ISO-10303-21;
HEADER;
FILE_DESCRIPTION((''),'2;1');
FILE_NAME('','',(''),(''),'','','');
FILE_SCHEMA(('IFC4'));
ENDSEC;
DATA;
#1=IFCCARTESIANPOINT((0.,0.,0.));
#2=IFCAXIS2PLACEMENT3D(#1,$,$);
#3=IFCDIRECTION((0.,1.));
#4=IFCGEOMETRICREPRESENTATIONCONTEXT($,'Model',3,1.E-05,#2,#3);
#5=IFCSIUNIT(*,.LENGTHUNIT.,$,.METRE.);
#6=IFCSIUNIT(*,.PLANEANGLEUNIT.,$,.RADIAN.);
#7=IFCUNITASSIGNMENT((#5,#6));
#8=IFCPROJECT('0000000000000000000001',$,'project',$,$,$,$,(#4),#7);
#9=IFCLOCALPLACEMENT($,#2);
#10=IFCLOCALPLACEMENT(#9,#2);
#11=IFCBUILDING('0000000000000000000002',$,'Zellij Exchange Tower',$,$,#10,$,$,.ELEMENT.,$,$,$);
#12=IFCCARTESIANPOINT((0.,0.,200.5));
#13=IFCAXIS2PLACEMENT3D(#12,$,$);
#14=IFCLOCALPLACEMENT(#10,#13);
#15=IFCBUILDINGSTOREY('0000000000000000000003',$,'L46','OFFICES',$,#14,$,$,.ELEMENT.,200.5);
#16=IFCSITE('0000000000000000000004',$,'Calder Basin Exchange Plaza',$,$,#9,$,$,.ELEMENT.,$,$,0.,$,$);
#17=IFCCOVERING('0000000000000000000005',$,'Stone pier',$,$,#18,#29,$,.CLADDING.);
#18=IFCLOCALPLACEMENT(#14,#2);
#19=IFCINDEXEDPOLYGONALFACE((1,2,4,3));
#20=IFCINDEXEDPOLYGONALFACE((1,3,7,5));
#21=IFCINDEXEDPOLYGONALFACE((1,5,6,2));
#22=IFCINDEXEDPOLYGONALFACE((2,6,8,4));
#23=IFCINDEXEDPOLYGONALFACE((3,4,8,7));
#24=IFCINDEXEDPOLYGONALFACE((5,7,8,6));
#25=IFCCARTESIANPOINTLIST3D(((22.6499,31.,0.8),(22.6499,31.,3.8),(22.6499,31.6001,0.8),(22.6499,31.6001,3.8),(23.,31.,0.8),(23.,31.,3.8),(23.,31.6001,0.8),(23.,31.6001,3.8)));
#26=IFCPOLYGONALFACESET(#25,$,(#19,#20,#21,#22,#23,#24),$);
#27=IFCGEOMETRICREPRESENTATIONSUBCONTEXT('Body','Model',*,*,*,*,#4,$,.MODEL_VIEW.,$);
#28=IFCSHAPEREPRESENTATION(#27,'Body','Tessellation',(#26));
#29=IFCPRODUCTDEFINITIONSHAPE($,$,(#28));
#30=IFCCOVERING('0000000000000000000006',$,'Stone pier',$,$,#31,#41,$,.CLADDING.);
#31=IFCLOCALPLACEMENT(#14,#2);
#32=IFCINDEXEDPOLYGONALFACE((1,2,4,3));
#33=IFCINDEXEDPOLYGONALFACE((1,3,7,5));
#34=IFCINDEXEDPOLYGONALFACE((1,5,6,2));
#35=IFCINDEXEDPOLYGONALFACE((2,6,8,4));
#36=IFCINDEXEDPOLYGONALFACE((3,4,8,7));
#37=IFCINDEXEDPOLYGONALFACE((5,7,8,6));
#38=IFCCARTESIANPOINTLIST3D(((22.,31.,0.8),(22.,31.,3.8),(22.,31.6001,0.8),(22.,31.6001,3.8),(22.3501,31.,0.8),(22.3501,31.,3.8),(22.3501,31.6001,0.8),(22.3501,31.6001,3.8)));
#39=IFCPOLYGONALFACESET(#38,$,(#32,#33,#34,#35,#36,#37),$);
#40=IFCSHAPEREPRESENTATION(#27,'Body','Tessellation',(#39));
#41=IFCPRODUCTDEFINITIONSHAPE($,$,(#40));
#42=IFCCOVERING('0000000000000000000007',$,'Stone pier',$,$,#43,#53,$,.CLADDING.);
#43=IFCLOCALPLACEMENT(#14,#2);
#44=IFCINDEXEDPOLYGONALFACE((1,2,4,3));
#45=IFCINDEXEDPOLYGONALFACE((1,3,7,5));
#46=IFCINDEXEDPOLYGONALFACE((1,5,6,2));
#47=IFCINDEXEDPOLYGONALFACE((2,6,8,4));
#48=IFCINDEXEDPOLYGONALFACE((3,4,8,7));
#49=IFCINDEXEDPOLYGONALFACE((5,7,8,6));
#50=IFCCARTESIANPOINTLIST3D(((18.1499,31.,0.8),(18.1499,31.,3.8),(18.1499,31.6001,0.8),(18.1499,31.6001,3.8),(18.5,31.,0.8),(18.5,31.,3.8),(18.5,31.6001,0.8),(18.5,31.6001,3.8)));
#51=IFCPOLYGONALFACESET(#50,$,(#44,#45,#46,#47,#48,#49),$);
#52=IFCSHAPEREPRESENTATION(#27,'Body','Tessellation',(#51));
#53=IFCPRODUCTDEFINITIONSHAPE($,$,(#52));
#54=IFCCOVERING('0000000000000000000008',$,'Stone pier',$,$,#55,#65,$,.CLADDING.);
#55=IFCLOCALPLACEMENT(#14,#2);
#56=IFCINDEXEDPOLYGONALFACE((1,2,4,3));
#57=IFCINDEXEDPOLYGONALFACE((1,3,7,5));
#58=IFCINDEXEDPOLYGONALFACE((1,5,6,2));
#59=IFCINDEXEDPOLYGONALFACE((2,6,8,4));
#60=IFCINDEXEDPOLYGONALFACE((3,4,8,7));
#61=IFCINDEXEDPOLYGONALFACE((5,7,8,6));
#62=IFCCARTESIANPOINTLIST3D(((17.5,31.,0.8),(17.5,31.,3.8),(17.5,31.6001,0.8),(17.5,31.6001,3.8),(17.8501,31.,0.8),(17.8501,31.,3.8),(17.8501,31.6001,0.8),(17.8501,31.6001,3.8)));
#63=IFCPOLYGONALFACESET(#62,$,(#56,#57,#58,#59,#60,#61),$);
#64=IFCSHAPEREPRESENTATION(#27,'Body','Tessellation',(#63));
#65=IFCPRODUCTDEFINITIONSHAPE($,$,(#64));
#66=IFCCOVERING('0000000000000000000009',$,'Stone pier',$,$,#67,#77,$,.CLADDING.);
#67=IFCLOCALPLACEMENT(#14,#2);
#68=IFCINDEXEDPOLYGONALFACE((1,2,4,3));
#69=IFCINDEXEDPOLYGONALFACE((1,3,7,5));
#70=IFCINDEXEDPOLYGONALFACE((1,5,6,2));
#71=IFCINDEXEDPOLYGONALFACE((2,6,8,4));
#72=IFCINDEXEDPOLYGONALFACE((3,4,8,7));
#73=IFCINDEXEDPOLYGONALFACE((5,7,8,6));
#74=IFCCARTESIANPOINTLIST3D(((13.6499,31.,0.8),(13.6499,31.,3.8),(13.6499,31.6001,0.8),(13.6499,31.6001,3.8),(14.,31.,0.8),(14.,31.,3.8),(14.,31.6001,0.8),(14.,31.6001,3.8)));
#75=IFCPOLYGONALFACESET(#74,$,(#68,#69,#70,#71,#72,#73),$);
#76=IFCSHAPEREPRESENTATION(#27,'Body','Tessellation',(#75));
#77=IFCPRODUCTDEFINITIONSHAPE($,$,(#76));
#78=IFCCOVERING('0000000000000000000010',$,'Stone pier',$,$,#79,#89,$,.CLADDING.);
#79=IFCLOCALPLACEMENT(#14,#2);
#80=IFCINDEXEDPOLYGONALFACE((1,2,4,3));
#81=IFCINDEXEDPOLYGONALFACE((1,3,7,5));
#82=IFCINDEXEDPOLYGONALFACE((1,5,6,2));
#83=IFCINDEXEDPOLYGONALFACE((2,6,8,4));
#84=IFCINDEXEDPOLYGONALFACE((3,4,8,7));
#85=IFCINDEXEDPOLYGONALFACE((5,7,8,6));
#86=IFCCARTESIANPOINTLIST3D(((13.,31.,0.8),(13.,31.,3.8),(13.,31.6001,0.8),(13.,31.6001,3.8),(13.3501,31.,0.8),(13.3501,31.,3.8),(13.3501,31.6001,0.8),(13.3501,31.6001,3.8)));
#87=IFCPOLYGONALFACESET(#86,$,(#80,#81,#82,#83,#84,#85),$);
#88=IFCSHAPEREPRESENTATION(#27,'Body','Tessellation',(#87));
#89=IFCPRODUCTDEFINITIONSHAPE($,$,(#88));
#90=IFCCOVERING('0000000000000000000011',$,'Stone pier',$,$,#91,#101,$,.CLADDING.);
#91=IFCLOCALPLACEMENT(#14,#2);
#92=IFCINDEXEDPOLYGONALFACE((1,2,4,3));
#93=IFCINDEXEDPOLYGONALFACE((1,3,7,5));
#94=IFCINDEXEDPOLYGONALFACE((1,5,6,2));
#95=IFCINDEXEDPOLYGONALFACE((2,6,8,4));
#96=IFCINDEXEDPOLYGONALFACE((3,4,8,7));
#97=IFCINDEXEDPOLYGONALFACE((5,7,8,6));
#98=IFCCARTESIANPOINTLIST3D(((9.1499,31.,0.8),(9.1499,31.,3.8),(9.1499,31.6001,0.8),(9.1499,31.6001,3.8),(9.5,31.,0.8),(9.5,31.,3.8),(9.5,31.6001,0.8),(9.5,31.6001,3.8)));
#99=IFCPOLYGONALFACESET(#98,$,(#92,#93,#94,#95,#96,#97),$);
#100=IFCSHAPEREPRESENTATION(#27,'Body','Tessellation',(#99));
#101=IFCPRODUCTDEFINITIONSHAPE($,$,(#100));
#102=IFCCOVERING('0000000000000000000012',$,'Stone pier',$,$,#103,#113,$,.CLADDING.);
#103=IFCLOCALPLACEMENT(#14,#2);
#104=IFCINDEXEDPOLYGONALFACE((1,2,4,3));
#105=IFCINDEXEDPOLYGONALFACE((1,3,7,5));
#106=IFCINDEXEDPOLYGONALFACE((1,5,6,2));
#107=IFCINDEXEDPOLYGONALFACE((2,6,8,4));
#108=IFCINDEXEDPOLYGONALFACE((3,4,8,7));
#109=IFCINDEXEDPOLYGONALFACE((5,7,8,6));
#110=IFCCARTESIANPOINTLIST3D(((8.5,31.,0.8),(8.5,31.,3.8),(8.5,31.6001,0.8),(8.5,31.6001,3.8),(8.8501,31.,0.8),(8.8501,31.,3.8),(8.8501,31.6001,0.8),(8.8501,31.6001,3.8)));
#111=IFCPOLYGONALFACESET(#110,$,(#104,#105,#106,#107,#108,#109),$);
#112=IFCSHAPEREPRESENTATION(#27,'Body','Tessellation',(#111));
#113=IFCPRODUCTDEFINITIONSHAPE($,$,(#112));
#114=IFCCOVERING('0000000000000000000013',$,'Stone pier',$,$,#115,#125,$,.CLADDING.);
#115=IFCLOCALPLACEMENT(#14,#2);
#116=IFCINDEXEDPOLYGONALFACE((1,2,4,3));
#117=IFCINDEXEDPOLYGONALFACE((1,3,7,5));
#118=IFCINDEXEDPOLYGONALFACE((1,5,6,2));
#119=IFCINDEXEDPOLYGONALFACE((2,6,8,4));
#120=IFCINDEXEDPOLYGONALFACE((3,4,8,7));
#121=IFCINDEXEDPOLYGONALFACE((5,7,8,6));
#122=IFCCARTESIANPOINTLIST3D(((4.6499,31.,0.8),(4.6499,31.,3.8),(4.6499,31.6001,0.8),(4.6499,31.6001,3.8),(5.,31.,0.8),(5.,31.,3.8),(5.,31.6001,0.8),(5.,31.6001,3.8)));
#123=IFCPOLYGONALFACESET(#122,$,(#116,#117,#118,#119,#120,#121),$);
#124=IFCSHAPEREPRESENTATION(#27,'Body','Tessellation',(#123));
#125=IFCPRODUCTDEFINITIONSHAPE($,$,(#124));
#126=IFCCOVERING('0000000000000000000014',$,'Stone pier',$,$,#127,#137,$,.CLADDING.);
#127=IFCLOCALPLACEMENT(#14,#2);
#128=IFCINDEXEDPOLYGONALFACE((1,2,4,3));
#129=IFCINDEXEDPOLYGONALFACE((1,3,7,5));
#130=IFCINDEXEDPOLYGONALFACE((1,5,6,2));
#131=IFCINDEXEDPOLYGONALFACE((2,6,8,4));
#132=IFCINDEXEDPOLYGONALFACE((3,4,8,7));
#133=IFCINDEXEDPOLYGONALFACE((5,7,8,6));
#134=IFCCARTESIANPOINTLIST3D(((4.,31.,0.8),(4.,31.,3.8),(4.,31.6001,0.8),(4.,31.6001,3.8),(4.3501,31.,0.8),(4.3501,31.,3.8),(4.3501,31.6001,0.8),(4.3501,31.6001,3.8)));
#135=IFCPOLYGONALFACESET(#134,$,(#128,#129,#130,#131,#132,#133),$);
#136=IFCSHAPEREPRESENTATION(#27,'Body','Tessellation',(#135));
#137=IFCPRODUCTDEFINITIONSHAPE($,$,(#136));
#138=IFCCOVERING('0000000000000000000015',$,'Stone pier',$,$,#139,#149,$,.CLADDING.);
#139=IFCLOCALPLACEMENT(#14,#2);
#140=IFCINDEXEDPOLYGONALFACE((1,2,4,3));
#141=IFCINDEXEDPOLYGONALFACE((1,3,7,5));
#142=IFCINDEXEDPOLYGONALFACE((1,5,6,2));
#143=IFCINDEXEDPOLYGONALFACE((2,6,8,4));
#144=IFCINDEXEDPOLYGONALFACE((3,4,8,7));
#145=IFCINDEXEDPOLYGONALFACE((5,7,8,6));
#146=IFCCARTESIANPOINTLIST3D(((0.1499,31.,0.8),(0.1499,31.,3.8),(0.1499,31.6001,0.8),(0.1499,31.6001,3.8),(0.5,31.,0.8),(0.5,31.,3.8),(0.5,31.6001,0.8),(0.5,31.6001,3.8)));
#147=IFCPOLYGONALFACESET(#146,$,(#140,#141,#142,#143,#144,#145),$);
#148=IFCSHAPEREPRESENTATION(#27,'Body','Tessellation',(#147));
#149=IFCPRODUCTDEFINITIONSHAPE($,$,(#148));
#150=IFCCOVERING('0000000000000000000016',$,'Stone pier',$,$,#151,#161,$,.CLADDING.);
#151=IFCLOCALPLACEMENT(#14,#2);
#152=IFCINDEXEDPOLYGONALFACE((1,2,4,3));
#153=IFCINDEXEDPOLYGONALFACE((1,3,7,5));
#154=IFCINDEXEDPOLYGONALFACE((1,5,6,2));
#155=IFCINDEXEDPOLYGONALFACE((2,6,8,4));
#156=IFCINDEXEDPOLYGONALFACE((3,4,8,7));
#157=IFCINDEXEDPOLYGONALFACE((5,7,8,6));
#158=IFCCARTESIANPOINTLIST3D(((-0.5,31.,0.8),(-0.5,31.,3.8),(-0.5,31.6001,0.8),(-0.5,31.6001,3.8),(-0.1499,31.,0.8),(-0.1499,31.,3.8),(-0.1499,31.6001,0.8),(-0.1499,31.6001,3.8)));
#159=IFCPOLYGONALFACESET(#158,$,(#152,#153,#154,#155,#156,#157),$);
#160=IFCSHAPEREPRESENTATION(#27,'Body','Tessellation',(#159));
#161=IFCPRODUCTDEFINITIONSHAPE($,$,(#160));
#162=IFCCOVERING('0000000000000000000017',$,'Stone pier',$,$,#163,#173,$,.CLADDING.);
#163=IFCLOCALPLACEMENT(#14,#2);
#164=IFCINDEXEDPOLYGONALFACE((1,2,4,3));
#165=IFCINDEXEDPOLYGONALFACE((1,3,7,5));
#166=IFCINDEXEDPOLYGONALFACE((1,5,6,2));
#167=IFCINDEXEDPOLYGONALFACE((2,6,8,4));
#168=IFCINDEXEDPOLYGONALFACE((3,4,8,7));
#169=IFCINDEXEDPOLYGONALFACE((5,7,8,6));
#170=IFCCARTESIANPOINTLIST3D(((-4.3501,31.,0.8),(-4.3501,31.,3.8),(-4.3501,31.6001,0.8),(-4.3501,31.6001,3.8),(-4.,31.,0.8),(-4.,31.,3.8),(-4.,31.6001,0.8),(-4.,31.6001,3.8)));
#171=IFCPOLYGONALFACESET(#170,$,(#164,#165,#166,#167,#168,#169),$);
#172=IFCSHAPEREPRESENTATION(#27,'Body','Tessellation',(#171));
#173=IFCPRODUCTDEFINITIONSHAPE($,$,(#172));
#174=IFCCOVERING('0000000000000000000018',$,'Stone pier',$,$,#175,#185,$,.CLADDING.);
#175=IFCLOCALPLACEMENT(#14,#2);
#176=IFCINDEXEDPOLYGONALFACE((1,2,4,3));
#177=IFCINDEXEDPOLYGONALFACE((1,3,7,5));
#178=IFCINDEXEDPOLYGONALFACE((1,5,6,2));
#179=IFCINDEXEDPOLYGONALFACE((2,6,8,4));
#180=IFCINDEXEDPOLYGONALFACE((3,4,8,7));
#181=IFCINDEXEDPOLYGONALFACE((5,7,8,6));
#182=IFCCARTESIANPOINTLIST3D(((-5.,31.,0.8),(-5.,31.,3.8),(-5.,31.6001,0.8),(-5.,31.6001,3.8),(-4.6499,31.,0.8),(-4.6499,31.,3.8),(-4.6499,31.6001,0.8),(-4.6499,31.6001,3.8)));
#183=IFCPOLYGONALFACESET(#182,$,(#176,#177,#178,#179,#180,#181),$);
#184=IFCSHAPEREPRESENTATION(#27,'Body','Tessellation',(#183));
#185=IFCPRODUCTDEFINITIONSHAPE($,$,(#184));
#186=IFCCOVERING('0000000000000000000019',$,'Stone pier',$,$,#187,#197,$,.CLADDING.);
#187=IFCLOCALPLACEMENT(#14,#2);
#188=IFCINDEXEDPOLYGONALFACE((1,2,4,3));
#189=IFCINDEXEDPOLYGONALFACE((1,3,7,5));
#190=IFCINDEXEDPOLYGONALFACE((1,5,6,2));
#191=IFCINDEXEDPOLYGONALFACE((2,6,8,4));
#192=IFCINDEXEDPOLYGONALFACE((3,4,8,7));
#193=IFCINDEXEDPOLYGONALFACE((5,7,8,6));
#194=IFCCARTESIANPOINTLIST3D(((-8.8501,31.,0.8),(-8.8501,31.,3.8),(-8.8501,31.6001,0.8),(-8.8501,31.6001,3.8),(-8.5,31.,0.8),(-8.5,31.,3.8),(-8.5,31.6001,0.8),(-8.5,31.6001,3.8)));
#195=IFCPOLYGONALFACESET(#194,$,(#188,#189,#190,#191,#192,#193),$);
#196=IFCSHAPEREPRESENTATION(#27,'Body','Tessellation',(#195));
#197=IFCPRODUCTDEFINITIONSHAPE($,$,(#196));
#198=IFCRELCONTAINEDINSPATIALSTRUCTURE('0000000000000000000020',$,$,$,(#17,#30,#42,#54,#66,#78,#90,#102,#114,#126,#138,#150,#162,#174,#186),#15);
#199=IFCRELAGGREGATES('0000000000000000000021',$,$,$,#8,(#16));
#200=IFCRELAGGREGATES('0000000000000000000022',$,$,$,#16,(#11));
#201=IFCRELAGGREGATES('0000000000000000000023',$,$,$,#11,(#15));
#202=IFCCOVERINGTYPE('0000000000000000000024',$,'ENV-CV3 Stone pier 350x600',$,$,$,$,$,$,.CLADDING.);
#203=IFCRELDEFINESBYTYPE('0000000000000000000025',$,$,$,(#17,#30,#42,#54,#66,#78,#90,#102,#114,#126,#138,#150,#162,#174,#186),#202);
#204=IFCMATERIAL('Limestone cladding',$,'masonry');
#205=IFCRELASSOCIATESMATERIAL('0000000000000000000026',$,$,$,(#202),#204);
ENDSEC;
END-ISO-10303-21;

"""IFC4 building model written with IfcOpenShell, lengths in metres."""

from ifc_helpers import new_model, si_unit, direction, frame, origin, place, context, subcontext, project, spatial, polyline, outline, extrude, material, type_object, element, save


model = new_model("IFC4")

# Units and contexts
model_context = context("Model", 3, precision=1e-05, world=origin(), true_north=direction((0.0, 1.0)))
body_context = subcontext(model_context, "Body", "Model", "MODEL_VIEW")
ifc_project = project(units=[si_unit("LENGTHUNIT", "METRE"), si_unit("PLANEANGLEUNIT", "RADIAN")], contexts=[model_context])

# Site, building, storey
site_placement = place(None, origin())
site = spatial("IfcSite", under=ifc_project, at=site_placement, Name="Calder Basin Exchange Plaza", CompositionType="ELEMENT", RefElevation=0.0)
building_placement = place(site_placement, origin())
building = spatial("IfcBuilding", under=site, at=building_placement, Name="Zellij Exchange Tower", CompositionType="ELEMENT")
storey_placement = place(building_placement, frame((0.0, 0.0, 200.5)))
storey = spatial("IfcBuildingStorey", under=building, at=storey_placement, Name="L46", Description="OFFICES", CompositionType="ELEMENT", Elevation=200.5)

# Coverings
ifc_material = material(Name="Limestone cladding", Category="masonry")
covering_type = type_object("IfcCoveringType", Name="ENV-CV3 Stone pier 350x600", PredefinedType="CLADDING", material=ifc_material)
covering_1_placement = place(storey_placement, frame((0.0, 0.0, 0.8)))
element("IfcCovering", 1, at=covering_1_placement, inside=storey, type_object=covering_type, Name="Stone pier", PredefinedType="CLADDING", context=body_context, shape_type="SweptSolid", body=[
    extrude(outline(polyline([(23.0, 31.0), (22.6499, 31.0), (22.6499, 31.6001), (23.0, 31.6001), (23.0, 31.0)])), origin(), (0.0, 0.0, 1.0), 3.0),
])
covering_2_placement = place(storey_placement, frame((0.0, 0.0, 0.8)))
element("IfcCovering", 2, at=covering_2_placement, inside=storey, type_object=covering_type, Name="Stone pier", PredefinedType="CLADDING", context=body_context, shape_type="SweptSolid", body=[
    extrude(outline(polyline([(22.3501, 31.0), (22.0, 31.0), (22.0, 31.6001), (22.3501, 31.6001), (22.3501, 31.0)])), origin(), (0.0, 0.0, 1.0), 3.0),
])
covering_3_placement = place(storey_placement, frame((0.0, 0.0, 0.8)))
element("IfcCovering", 3, at=covering_3_placement, inside=storey, type_object=covering_type, Name="Stone pier", PredefinedType="CLADDING", context=body_context, shape_type="SweptSolid", body=[
    extrude(outline(polyline([(18.5, 31.0), (18.1499, 31.0), (18.1499, 31.6001), (18.5, 31.6001), (18.5, 31.0)])), origin(), (0.0, 0.0, 1.0), 3.0),
])
covering_4_placement = place(storey_placement, frame((0.0, 0.0, 0.8)))
element("IfcCovering", 4, at=covering_4_placement, inside=storey, type_object=covering_type, Name="Stone pier", PredefinedType="CLADDING", context=body_context, shape_type="SweptSolid", body=[
    extrude(outline(polyline([(17.8501, 31.0), (17.5, 31.0), (17.5, 31.6001), (17.8501, 31.6001), (17.8501, 31.0)])), origin(), (0.0, 0.0, 1.0), 3.0),
])
covering_5_placement = place(storey_placement, frame((0.0, 0.0, 0.8)))
element("IfcCovering", 5, at=covering_5_placement, inside=storey, type_object=covering_type, Name="Stone pier", PredefinedType="CLADDING", context=body_context, shape_type="SweptSolid", body=[
    extrude(outline(polyline([(14.0, 31.0), (13.6499, 31.0), (13.6499, 31.6001), (14.0, 31.6001), (14.0, 31.0)])), origin(), (0.0, 0.0, 1.0), 3.0),
])
covering_6_placement = place(storey_placement, frame((0.0, 0.0, 0.8)))
element("IfcCovering", 6, at=covering_6_placement, inside=storey, type_object=covering_type, Name="Stone pier", PredefinedType="CLADDING", context=body_context, shape_type="SweptSolid", body=[
    extrude(outline(polyline([(13.3501, 31.0), (13.0, 31.0), (13.0, 31.6001), (13.3501, 31.6001), (13.3501, 31.0)])), origin(), (0.0, 0.0, 1.0), 3.0),
])
covering_7_placement = place(storey_placement, frame((0.0, 0.0, 0.8)))
element("IfcCovering", 7, at=covering_7_placement, inside=storey, type_object=covering_type, Name="Stone pier", PredefinedType="CLADDING", context=body_context, shape_type="SweptSolid", body=[
    extrude(outline(polyline([(9.5, 31.0), (9.1499, 31.0), (9.1499, 31.6001), (9.5, 31.6001), (9.5, 31.0)])), origin(), (0.0, 0.0, 1.0), 3.0),
])
covering_8_placement = place(storey_placement, frame((0.0, 0.0, 0.8)))
element("IfcCovering", 8, at=covering_8_placement, inside=storey, type_object=covering_type, Name="Stone pier", PredefinedType="CLADDING", context=body_context, shape_type="SweptSolid", body=[
    extrude(outline(polyline([(8.8501, 31.0), (8.5, 31.0), (8.5, 31.6001), (8.8501, 31.6001), (8.8501, 31.0)])), origin(), (0.0, 0.0, 1.0), 3.0),
])
covering_9_placement = place(storey_placement, frame((0.0, 0.0, 0.8)))
element("IfcCovering", 9, at=covering_9_placement, inside=storey, type_object=covering_type, Name="Stone pier", PredefinedType="CLADDING", context=body_context, shape_type="SweptSolid", body=[
    extrude(outline(polyline([(5.0, 31.0), (4.6499, 31.0), (4.6499, 31.6001), (5.0, 31.6001), (5.0, 31.0)])), origin(), (0.0, 0.0, 1.0), 3.0),
])
covering_10_placement = place(storey_placement, frame((0.0, 0.0, 0.8)))
element("IfcCovering", 10, at=covering_10_placement, inside=storey, type_object=covering_type, Name="Stone pier", PredefinedType="CLADDING", context=body_context, shape_type="SweptSolid", body=[
    extrude(outline(polyline([(4.3501, 31.0), (4.0, 31.0), (4.0, 31.6001), (4.3501, 31.6001), (4.3501, 31.0)])), origin(), (0.0, 0.0, 1.0), 3.0),
])
covering_11_placement = place(storey_placement, frame((0.0, 0.0, 0.8)))
element("IfcCovering", 11, at=covering_11_placement, inside=storey, type_object=covering_type, Name="Stone pier", PredefinedType="CLADDING", context=body_context, shape_type="SweptSolid", body=[
    extrude(outline(polyline([(0.5, 31.0), (0.1499, 31.0), (0.1499, 31.6001), (0.5, 31.6001), (0.5, 31.0)])), origin(), (0.0, 0.0, 1.0), 3.0),
])
covering_12_placement = place(storey_placement, frame((0.0, 0.0, 0.8)))
element("IfcCovering", 12, at=covering_12_placement, inside=storey, type_object=covering_type, Name="Stone pier", PredefinedType="CLADDING", context=body_context, shape_type="SweptSolid", body=[
    extrude(outline(polyline([(-0.1499, 31.0), (-0.5, 31.0), (-0.5, 31.6001), (-0.1499, 31.6001), (-0.1499, 31.0)])), origin(), (0.0, 0.0, 1.0), 3.0),
])
covering_13_placement = place(storey_placement, frame((0.0, 0.0, 0.8)))
element("IfcCovering", 13, at=covering_13_placement, inside=storey, type_object=covering_type, Name="Stone pier", PredefinedType="CLADDING", context=body_context, shape_type="SweptSolid", body=[
    extrude(outline(polyline([(-4.0, 31.0), (-4.3501, 31.0), (-4.3501, 31.6001), (-4.0, 31.6001), (-4.0, 31.0)])), origin(), (0.0, 0.0, 1.0), 3.0),
])
covering_14_placement = place(storey_placement, frame((0.0, 0.0, 0.8)))
element("IfcCovering", 14, at=covering_14_placement, inside=storey, type_object=covering_type, Name="Stone pier", PredefinedType="CLADDING", context=body_context, shape_type="SweptSolid", body=[
    extrude(outline(polyline([(-4.6499, 31.0), (-5.0, 31.0), (-5.0, 31.6001), (-4.6499, 31.6001), (-4.6499, 31.0)])), origin(), (0.0, 0.0, 1.0), 3.0),
])
covering_15_placement = place(storey_placement, frame((0.0, 0.0, 0.8)))
element("IfcCovering", 15, at=covering_15_placement, inside=storey, type_object=covering_type, Name="Stone pier", PredefinedType="CLADDING", context=body_context, shape_type="SweptSolid", body=[
    extrude(outline(polyline([(-8.5, 31.0), (-8.8501, 31.0), (-8.8501, 31.6001), (-8.5, 31.6001), (-8.5, 31.0)])), origin(), (0.0, 0.0, 1.0), 3.0),
])

save(model, "model.ifc")
